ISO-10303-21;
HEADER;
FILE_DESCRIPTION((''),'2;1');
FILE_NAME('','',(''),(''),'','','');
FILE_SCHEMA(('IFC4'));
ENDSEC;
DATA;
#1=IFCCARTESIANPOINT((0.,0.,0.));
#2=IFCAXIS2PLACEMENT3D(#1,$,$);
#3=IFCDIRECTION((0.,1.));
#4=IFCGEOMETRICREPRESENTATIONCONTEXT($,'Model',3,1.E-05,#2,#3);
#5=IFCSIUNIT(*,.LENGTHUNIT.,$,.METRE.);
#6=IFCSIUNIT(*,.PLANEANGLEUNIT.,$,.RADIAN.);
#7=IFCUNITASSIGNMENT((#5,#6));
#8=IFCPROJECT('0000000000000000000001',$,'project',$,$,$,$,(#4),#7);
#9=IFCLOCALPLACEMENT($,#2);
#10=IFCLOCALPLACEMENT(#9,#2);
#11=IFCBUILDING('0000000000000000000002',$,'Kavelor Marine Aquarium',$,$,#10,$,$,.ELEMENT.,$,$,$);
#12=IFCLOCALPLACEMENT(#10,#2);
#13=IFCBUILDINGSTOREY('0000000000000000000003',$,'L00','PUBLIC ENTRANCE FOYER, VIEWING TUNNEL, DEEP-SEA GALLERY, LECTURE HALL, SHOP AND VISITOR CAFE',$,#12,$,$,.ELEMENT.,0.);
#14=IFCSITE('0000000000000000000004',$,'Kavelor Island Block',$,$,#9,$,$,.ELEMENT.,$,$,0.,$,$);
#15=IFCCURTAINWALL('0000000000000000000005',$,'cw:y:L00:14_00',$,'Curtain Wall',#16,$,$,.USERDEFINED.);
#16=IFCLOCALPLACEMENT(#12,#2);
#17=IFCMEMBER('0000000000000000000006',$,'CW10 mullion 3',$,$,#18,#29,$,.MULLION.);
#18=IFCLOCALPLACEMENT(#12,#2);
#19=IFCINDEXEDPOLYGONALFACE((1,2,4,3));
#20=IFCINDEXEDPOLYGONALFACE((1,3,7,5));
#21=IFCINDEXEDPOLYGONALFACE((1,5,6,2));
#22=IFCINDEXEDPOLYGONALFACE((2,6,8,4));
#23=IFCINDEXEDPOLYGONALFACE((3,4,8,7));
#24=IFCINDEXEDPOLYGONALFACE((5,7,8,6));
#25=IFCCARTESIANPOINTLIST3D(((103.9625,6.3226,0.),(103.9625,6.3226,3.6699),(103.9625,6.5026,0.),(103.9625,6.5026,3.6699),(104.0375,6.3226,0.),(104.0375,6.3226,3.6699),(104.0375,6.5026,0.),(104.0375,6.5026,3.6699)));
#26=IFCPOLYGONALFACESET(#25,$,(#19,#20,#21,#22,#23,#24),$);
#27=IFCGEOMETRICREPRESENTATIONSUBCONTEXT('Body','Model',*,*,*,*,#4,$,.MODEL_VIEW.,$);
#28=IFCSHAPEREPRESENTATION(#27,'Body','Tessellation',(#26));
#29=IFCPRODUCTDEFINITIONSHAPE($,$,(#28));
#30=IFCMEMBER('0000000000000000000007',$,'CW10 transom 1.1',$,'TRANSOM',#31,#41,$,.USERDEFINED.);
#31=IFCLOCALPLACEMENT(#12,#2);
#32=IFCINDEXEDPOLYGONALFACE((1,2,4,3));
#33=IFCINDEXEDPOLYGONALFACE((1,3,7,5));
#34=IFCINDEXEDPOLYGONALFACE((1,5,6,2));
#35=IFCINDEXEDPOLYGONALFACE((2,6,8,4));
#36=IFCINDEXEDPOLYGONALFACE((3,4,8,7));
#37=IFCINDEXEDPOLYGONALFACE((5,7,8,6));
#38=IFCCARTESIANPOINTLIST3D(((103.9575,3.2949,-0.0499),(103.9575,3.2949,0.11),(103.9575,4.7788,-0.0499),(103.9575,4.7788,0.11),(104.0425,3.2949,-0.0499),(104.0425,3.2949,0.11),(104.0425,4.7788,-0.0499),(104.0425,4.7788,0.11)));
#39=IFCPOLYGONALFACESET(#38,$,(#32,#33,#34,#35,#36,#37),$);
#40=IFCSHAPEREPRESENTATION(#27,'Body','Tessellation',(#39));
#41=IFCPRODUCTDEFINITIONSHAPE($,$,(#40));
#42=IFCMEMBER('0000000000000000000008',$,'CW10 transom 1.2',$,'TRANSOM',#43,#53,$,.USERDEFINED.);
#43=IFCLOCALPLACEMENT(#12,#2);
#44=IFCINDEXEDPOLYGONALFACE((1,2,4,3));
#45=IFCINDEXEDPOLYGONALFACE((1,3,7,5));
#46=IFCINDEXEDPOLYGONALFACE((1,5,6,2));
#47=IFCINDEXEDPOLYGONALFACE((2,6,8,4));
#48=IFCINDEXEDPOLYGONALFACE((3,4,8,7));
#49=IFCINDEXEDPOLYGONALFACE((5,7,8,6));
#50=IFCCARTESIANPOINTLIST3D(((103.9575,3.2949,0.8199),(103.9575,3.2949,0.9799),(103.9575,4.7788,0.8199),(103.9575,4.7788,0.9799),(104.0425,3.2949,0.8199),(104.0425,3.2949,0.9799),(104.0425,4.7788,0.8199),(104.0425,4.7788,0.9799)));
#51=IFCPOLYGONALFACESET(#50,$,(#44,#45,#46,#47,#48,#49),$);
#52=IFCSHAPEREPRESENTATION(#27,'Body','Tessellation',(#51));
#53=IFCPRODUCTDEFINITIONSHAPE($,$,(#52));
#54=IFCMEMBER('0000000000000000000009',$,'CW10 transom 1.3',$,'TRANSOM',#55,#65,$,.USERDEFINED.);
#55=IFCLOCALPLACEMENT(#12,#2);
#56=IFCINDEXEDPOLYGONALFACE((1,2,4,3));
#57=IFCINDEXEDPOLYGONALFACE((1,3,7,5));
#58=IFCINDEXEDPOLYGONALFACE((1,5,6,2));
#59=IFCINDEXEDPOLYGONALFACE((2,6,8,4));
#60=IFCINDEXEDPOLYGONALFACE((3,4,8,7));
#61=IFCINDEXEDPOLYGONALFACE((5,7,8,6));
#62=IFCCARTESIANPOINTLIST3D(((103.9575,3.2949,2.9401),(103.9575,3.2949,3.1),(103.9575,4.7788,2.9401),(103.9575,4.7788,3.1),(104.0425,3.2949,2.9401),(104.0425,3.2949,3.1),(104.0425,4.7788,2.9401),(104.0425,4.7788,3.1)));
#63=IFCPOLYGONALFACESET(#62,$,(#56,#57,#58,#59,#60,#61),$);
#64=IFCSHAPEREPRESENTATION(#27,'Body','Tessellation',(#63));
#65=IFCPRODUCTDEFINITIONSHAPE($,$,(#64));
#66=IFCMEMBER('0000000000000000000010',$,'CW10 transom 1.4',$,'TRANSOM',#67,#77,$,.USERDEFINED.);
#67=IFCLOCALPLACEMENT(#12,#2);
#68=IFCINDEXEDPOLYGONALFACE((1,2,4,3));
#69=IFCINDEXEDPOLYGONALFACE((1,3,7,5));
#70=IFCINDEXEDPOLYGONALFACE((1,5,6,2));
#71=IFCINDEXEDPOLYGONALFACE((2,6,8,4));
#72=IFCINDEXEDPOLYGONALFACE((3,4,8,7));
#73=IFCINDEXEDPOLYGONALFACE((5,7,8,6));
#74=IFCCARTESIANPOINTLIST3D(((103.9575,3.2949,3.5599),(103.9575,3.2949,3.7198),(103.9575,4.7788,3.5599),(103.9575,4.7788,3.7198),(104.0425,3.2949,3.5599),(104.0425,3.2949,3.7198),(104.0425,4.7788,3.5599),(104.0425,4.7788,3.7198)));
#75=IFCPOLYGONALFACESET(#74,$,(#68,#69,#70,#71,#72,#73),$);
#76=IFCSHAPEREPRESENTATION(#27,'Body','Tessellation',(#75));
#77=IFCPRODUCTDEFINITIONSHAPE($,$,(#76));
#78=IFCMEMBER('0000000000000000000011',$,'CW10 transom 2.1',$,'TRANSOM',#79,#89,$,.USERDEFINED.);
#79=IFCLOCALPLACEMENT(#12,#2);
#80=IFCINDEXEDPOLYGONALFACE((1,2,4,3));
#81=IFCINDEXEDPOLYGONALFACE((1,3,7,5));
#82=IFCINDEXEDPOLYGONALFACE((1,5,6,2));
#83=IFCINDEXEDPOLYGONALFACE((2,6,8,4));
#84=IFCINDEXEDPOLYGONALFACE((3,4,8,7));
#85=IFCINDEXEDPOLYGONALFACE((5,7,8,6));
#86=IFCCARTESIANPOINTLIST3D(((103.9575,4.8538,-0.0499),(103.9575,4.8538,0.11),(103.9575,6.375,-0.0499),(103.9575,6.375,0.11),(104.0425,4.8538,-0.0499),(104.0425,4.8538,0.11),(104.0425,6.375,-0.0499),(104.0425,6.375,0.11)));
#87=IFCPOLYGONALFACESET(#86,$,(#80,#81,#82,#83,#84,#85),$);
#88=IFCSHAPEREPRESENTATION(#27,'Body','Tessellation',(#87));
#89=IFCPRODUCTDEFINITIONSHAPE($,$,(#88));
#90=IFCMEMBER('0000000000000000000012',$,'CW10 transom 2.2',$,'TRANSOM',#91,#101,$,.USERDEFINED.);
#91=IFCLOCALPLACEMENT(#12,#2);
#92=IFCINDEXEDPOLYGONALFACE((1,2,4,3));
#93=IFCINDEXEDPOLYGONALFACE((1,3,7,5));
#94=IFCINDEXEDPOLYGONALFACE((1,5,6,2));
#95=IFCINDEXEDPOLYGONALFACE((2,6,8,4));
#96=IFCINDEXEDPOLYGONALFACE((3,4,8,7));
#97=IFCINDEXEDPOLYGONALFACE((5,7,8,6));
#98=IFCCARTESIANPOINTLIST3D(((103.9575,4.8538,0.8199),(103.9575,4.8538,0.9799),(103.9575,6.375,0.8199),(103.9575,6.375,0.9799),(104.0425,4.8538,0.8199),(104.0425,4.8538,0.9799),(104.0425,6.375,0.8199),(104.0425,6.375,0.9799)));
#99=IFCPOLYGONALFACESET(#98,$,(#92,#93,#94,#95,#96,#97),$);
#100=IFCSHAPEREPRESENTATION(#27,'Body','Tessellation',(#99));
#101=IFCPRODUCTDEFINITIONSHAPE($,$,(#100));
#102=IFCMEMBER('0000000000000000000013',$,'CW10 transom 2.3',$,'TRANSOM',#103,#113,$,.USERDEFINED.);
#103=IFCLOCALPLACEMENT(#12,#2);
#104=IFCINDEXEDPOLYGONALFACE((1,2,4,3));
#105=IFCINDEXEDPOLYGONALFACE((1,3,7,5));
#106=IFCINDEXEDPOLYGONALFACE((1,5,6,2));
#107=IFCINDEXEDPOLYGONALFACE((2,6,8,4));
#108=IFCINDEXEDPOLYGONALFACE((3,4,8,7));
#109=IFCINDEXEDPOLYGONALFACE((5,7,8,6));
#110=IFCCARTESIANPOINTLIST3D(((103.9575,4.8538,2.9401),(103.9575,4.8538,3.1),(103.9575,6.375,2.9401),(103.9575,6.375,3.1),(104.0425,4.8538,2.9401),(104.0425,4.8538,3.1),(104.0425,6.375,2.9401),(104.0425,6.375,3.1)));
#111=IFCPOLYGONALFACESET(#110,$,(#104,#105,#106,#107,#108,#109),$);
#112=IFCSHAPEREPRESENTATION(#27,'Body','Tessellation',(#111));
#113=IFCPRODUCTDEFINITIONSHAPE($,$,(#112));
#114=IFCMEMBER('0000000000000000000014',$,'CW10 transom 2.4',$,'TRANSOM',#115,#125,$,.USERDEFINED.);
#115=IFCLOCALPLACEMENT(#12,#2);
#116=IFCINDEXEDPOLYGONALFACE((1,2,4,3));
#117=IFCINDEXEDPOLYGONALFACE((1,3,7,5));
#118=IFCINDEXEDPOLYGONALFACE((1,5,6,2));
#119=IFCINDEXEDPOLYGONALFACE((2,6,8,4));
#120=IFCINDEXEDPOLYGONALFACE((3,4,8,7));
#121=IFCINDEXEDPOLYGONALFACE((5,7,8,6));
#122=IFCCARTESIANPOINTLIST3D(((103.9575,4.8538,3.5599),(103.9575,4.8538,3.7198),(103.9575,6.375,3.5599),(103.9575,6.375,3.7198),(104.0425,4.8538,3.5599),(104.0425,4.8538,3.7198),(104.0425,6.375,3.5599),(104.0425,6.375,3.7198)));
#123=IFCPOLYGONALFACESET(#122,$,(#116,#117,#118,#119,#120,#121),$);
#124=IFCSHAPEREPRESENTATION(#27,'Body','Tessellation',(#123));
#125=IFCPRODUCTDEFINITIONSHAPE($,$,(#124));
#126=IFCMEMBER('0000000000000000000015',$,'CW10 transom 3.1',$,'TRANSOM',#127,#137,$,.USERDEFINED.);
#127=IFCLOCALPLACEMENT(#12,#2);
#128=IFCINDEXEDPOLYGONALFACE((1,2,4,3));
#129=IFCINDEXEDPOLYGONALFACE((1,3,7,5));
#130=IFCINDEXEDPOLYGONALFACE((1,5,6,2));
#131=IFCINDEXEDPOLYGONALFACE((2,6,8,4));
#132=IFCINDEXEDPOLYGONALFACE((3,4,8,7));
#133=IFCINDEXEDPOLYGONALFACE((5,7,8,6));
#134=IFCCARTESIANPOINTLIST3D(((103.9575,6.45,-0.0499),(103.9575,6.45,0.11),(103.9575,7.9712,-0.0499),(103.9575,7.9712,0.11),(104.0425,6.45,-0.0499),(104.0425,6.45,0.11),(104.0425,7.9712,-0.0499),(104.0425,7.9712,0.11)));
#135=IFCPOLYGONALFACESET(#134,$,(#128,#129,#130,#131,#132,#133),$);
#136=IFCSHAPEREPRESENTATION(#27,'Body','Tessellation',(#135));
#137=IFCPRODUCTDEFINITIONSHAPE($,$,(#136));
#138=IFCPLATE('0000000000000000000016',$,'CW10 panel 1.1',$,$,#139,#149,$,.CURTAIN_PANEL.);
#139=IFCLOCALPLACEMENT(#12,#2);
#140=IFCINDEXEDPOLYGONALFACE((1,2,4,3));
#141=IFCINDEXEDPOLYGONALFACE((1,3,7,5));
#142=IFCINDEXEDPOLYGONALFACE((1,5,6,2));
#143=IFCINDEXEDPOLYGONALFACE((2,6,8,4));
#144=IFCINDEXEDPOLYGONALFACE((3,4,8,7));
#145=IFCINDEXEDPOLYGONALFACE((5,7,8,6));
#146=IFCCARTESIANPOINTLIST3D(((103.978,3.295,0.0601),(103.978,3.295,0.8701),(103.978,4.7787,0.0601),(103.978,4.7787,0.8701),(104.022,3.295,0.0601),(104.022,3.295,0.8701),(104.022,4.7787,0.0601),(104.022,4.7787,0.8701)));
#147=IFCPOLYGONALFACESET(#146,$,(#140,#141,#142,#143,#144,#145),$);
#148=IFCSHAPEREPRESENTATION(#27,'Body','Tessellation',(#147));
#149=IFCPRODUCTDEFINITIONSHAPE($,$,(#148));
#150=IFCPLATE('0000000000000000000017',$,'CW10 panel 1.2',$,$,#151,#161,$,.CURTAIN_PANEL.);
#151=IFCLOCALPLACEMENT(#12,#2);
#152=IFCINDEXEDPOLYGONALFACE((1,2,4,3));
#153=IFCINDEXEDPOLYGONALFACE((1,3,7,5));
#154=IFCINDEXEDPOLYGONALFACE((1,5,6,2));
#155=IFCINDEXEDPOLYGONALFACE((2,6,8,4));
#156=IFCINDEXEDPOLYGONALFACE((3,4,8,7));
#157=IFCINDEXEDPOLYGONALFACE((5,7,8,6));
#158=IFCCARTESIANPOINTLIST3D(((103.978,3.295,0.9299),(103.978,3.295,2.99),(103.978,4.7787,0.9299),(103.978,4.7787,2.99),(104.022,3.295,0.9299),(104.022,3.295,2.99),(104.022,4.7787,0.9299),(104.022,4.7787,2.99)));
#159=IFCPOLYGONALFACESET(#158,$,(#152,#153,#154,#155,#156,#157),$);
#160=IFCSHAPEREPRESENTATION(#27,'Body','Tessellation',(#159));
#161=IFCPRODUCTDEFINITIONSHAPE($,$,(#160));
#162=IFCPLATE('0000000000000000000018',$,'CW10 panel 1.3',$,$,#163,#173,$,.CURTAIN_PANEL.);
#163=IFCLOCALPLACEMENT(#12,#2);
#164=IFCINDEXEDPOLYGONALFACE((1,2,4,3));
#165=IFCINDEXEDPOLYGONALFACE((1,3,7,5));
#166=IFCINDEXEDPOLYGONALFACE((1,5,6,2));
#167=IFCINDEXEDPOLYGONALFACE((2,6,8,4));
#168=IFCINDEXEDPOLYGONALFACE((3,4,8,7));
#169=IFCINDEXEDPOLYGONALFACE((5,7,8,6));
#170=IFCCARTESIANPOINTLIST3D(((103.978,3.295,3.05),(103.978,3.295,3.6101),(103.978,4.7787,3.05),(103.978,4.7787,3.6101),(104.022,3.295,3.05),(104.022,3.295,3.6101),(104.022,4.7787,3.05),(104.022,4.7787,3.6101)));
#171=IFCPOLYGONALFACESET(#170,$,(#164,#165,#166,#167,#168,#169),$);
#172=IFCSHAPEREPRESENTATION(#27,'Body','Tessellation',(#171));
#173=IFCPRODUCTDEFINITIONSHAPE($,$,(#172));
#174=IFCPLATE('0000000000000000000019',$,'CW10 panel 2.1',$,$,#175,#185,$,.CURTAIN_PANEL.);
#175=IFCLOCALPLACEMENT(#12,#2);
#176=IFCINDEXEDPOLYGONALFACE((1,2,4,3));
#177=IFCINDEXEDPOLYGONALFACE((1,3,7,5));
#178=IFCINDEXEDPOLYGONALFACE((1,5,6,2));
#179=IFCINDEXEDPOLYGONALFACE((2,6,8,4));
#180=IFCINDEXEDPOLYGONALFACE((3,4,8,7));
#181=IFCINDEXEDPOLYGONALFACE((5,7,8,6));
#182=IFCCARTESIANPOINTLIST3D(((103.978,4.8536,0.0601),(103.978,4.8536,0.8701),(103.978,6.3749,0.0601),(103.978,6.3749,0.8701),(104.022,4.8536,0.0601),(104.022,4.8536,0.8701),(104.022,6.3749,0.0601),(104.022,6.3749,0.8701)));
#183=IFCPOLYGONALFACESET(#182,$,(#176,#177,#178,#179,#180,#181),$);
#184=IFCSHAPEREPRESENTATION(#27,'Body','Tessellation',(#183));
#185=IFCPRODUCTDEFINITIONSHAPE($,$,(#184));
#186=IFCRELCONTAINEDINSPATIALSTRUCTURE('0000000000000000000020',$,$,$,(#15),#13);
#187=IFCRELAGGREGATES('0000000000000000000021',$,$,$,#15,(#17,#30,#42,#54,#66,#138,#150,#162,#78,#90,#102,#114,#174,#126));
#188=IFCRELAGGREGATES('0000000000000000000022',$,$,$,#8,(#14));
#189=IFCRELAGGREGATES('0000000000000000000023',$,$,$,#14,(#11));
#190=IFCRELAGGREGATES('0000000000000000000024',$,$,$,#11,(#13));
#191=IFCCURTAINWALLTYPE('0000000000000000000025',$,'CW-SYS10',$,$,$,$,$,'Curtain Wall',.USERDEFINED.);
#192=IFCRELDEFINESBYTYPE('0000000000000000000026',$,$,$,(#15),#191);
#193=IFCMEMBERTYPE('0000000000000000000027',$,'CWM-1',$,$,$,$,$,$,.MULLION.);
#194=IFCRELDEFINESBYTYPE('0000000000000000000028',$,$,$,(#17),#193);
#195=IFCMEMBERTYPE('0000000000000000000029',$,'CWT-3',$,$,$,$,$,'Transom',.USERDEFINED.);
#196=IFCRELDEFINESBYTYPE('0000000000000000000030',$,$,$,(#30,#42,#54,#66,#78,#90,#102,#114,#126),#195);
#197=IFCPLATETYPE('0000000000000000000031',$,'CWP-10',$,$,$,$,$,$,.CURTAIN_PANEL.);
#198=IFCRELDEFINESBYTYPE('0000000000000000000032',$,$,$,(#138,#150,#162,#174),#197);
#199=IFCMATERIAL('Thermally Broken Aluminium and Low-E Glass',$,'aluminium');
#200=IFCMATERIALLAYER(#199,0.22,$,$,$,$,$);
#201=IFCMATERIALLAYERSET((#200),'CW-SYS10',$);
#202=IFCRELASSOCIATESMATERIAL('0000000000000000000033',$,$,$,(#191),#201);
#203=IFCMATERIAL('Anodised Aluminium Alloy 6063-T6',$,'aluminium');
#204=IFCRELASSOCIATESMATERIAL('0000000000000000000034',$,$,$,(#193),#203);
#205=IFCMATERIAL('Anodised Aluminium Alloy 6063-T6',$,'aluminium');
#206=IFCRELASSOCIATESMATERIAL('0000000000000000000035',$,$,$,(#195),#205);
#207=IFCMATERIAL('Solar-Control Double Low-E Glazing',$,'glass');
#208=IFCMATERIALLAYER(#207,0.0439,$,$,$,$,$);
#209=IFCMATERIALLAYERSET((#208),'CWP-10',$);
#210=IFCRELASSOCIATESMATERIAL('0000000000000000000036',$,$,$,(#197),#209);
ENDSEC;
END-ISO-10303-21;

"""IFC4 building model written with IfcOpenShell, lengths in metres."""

from ifc_helpers import new_model, si_unit, direction, frame, origin, origin_2d, place, context, subcontext, project, spatial, rectangle, extrude, material, layer, layer_set, material_profile, profile_set, type_object, element, aggregate, save


model = new_model("IFC4")

# Units and contexts
model_context = context("Model", 3, precision=1e-05, world=origin(), true_north=direction((0.0, 1.0)))
body_context = subcontext(model_context, "Body", "Model", "MODEL_VIEW")
ifc_project = project(units=[si_unit("LENGTHUNIT", "METRE"), si_unit("PLANEANGLEUNIT", "RADIAN")], contexts=[model_context])

# Site, building, storey
site_placement = place(None, origin())
site = spatial("IfcSite", under=ifc_project, at=site_placement, Name="Kavelor Island Block", CompositionType="ELEMENT", RefElevation=0.0)
building_placement = place(site_placement, origin())
building = spatial("IfcBuilding", under=site, at=building_placement, Name="Kavelor Marine Aquarium", CompositionType="ELEMENT")
storey_placement = place(building_placement, origin())
storey = spatial("IfcBuildingStorey", under=building, at=storey_placement, Name="L00", Description="PUBLIC ENTRANCE FOYER, VIEWING TUNNEL, DEEP-SEA GALLERY, LECTURE HALL, SHOP AND VISITOR CAFE", CompositionType="ELEMENT", Elevation=0.0)

# Curtain wall, members, plates
ifc_material_1 = material(Name="Thermally Broken Aluminium and Low-E Glass", Category="aluminium")
ifc_layer_1 = layer(ifc_material_1, 0.22)
ifc_layer_set_1 = layer_set([ifc_layer_1], Name="CW-SYS10")
curtain_wall_type = type_object("IfcCurtainWallType", Name="CW-SYS10", ElementType="Curtain Wall", PredefinedType="USERDEFINED", material=ifc_layer_set_1)
curtain_wall_placement = place(storey_placement, origin())
curtain_wall = element("IfcCurtainWall", 1, at=curtain_wall_placement, inside=storey, type_object=curtain_wall_type, Name="cw:y:L00:14_00", ObjectType="Curtain Wall", PredefinedType="USERDEFINED")
ifc_material_2 = material(Name="Anodised Aluminium Alloy 6063-T6", Category="aluminium")
ifc_material_profile_1 = material_profile(ifc_material_2, rectangle(XDim=0.075, YDim=0.1799, at=origin_2d()), Name="CW-MUL 75x180")
ifc_profile_set_1 = profile_set([ifc_material_profile_1], Name="Anodised Aluminium Alloy 6063-T6")
member_type_1 = type_object("IfcMemberType", Name="CWM-1", PredefinedType="MULLION", material=ifc_profile_set_1)
member_1_placement = place(storey_placement, frame((104.0, 6.4126, 0.0), z_axis=(0.0, 0.0, 1.0), x_axis=(-1.0, 0.0, 0.0)))
member_1 = element("IfcMember", 2, at=member_1_placement, type_object=member_type_1, Name="CW10 mullion 3", PredefinedType="MULLION", context=body_context, shape_type="SweptSolid", body=[
    extrude(rectangle(XDim=0.075, YDim=0.1799, at=origin_2d()), origin(), (0.0, 0.0, 1.0), 3.6699),
])
ifc_material_3 = material(Name="Anodised Aluminium Alloy 6063-T6", Category="aluminium")
ifc_material_profile_2 = material_profile(ifc_material_3, rectangle(XDim=0.085, YDim=0.1599, at=origin_2d()), Name="CW-TRN 85x160")
ifc_profile_set_2 = profile_set([ifc_material_profile_2], Name="Anodised Aluminium Alloy 6063-T6")
member_type_2 = type_object("IfcMemberType", Name="CWT-3", ElementType="Transom", PredefinedType="USERDEFINED", material=ifc_profile_set_2)
member_2_placement = place(storey_placement, frame((104.0, 3.2949, 0.03), z_axis=(0.0, 1.0, 0.0), x_axis=(-1.0, 0.0, 0.0)))
member_2 = element("IfcMember", 3, at=member_2_placement, type_object=member_type_2, Name="CW10 transom 1.1", ObjectType="TRANSOM", PredefinedType="USERDEFINED", context=body_context, shape_type="SweptSolid", body=[
    extrude(rectangle(XDim=0.085, YDim=0.1599, at=origin_2d()), origin(), (0.0, 0.0, 1.0), 1.4839),
])
member_3_placement = place(storey_placement, frame((104.0, 3.2949, 0.8999), z_axis=(0.0, 1.0, 0.0), x_axis=(-1.0, 0.0, 0.0)))
member_3 = element("IfcMember", 4, at=member_3_placement, type_object=member_type_2, Name="CW10 transom 1.2", ObjectType="TRANSOM", PredefinedType="USERDEFINED", context=body_context, shape_type="SweptSolid", body=[
    extrude(rectangle(XDim=0.085, YDim=0.1599, at=origin_2d()), origin(), (0.0, 0.0, 1.0), 1.4839),
])
member_4_placement = place(storey_placement, frame((104.0, 3.2949, 3.02), z_axis=(0.0, 1.0, 0.0), x_axis=(-1.0, 0.0, 0.0)))
member_4 = element("IfcMember", 5, at=member_4_placement, type_object=member_type_2, Name="CW10 transom 1.3", ObjectType="TRANSOM", PredefinedType="USERDEFINED", context=body_context, shape_type="SweptSolid", body=[
    extrude(rectangle(XDim=0.085, YDim=0.1599, at=origin_2d()), origin(), (0.0, 0.0, 1.0), 1.4839),
])
member_5_placement = place(storey_placement, frame((104.0, 3.2949, 3.6399), z_axis=(0.0, 1.0, 0.0), x_axis=(-1.0, 0.0, 0.0)))
member_5 = element("IfcMember", 6, at=member_5_placement, type_object=member_type_2, Name="CW10 transom 1.4", ObjectType="TRANSOM", PredefinedType="USERDEFINED", context=body_context, shape_type="SweptSolid", body=[
    extrude(rectangle(XDim=0.085, YDim=0.1599, at=origin_2d()), origin(), (0.0, 0.0, 1.0), 1.4839),
])
member_6_placement = place(storey_placement, frame((104.0, 4.8538, 0.03), z_axis=(0.0, 1.0, 0.0), x_axis=(-1.0, 0.0, 0.0)))
member_6 = element("IfcMember", 7, at=member_6_placement, type_object=member_type_2, Name="CW10 transom 2.1", ObjectType="TRANSOM", PredefinedType="USERDEFINED", context=body_context, shape_type="SweptSolid", body=[
    extrude(rectangle(XDim=0.085, YDim=0.1599, at=origin_2d()), origin(), (0.0, 0.0, 1.0), 1.5212),
])
member_7_placement = place(storey_placement, frame((104.0, 4.8538, 0.8999), z_axis=(0.0, 1.0, 0.0), x_axis=(-1.0, 0.0, 0.0)))
member_7 = element("IfcMember", 8, at=member_7_placement, type_object=member_type_2, Name="CW10 transom 2.2", ObjectType="TRANSOM", PredefinedType="USERDEFINED", context=body_context, shape_type="SweptSolid", body=[
    extrude(rectangle(XDim=0.085, YDim=0.1599, at=origin_2d()), origin(), (0.0, 0.0, 1.0), 1.5212),
])
member_8_placement = place(storey_placement, frame((104.0, 4.8538, 3.02), z_axis=(0.0, 1.0, 0.0), x_axis=(-1.0, 0.0, 0.0)))
member_8 = element("IfcMember", 9, at=member_8_placement, type_object=member_type_2, Name="CW10 transom 2.3", ObjectType="TRANSOM", PredefinedType="USERDEFINED", context=body_context, shape_type="SweptSolid", body=[
    extrude(rectangle(XDim=0.085, YDim=0.1599, at=origin_2d()), origin(), (0.0, 0.0, 1.0), 1.5212),
])
member_9_placement = place(storey_placement, frame((104.0, 4.8538, 3.6399), z_axis=(0.0, 1.0, 0.0), x_axis=(-1.0, 0.0, 0.0)))
member_9 = element("IfcMember", 10, at=member_9_placement, type_object=member_type_2, Name="CW10 transom 2.4", ObjectType="TRANSOM", PredefinedType="USERDEFINED", context=body_context, shape_type="SweptSolid", body=[
    extrude(rectangle(XDim=0.085, YDim=0.1599, at=origin_2d()), origin(), (0.0, 0.0, 1.0), 1.5212),
])
member_10_placement = place(storey_placement, frame((104.0, 6.45, 0.03), z_axis=(0.0, 1.0, 0.0), x_axis=(-1.0, 0.0, 0.0)))
member_10 = element("IfcMember", 11, at=member_10_placement, type_object=member_type_2, Name="CW10 transom 3.1", ObjectType="TRANSOM", PredefinedType="USERDEFINED", context=body_context, shape_type="SweptSolid", body=[
    extrude(rectangle(XDim=0.085, YDim=0.1599, at=origin_2d()), origin(), (0.0, 0.0, 1.0), 1.5212),
])
ifc_material_4 = material(Name="Solar-Control Double Low-E Glazing", Category="glass")
ifc_layer_2 = layer(ifc_material_4, 0.0439)
ifc_layer_set_2 = layer_set([ifc_layer_2], Name="CWP-10")
plate_type = type_object("IfcPlateType", Name="CWP-10", PredefinedType="CURTAIN_PANEL", material=ifc_layer_set_2)
plate_1_placement = place(storey_placement, frame((104.0, 4.0369, 0.0601), z_axis=(0.0, 0.0, 1.0), x_axis=(0.0, 1.0, 0.0)))
plate_1 = element("IfcPlate", 12, at=plate_1_placement, type_object=plate_type, Name="CW10 panel 1.1", PredefinedType="CURTAIN_PANEL", context=body_context, shape_type="SweptSolid", body=[
    extrude(rectangle(XDim=1.4836, YDim=0.0439, at=origin_2d()), origin(), (0.0, 0.0, 1.0), 0.8101),
])
plate_2_placement = place(storey_placement, frame((104.0, 4.0369, 0.9299), z_axis=(0.0, 0.0, 1.0), x_axis=(0.0, 1.0, 0.0)))
plate_2 = element("IfcPlate", 13, at=plate_2_placement, type_object=plate_type, Name="CW10 panel 1.2", PredefinedType="CURTAIN_PANEL", context=body_context, shape_type="SweptSolid", body=[
    extrude(rectangle(XDim=1.4836, YDim=0.0439, at=origin_2d()), origin(), (0.0, 0.0, 1.0), 2.0601),
])
plate_3_placement = place(storey_placement, frame((104.0, 4.0369, 3.05), z_axis=(0.0, 0.0, 1.0), x_axis=(0.0, 1.0, 0.0)))
plate_3 = element("IfcPlate", 14, at=plate_3_placement, type_object=plate_type, Name="CW10 panel 1.3", PredefinedType="CURTAIN_PANEL", context=body_context, shape_type="SweptSolid", body=[
    extrude(rectangle(XDim=1.4836, YDim=0.0439, at=origin_2d()), origin(), (0.0, 0.0, 1.0), 0.5601),
])
plate_4_placement = place(storey_placement, frame((104.0, 5.6143, 0.0601), z_axis=(0.0, 0.0, 1.0), x_axis=(0.0, 1.0, 0.0)))
plate_4 = element("IfcPlate", 15, at=plate_4_placement, type_object=plate_type, Name="CW10 panel 2.1", PredefinedType="CURTAIN_PANEL", context=body_context, shape_type="SweptSolid", body=[
    extrude(rectangle(XDim=1.5212, YDim=0.0439, at=origin_2d()), origin(), (0.0, 0.0, 1.0), 0.8101),
])
aggregate(curtain_wall, [member_1, member_2, member_3, member_4, member_5, plate_1, plate_2, plate_3, member_6, member_7, member_8, member_9, plate_4, member_10])

save(model, "model.ifc")
